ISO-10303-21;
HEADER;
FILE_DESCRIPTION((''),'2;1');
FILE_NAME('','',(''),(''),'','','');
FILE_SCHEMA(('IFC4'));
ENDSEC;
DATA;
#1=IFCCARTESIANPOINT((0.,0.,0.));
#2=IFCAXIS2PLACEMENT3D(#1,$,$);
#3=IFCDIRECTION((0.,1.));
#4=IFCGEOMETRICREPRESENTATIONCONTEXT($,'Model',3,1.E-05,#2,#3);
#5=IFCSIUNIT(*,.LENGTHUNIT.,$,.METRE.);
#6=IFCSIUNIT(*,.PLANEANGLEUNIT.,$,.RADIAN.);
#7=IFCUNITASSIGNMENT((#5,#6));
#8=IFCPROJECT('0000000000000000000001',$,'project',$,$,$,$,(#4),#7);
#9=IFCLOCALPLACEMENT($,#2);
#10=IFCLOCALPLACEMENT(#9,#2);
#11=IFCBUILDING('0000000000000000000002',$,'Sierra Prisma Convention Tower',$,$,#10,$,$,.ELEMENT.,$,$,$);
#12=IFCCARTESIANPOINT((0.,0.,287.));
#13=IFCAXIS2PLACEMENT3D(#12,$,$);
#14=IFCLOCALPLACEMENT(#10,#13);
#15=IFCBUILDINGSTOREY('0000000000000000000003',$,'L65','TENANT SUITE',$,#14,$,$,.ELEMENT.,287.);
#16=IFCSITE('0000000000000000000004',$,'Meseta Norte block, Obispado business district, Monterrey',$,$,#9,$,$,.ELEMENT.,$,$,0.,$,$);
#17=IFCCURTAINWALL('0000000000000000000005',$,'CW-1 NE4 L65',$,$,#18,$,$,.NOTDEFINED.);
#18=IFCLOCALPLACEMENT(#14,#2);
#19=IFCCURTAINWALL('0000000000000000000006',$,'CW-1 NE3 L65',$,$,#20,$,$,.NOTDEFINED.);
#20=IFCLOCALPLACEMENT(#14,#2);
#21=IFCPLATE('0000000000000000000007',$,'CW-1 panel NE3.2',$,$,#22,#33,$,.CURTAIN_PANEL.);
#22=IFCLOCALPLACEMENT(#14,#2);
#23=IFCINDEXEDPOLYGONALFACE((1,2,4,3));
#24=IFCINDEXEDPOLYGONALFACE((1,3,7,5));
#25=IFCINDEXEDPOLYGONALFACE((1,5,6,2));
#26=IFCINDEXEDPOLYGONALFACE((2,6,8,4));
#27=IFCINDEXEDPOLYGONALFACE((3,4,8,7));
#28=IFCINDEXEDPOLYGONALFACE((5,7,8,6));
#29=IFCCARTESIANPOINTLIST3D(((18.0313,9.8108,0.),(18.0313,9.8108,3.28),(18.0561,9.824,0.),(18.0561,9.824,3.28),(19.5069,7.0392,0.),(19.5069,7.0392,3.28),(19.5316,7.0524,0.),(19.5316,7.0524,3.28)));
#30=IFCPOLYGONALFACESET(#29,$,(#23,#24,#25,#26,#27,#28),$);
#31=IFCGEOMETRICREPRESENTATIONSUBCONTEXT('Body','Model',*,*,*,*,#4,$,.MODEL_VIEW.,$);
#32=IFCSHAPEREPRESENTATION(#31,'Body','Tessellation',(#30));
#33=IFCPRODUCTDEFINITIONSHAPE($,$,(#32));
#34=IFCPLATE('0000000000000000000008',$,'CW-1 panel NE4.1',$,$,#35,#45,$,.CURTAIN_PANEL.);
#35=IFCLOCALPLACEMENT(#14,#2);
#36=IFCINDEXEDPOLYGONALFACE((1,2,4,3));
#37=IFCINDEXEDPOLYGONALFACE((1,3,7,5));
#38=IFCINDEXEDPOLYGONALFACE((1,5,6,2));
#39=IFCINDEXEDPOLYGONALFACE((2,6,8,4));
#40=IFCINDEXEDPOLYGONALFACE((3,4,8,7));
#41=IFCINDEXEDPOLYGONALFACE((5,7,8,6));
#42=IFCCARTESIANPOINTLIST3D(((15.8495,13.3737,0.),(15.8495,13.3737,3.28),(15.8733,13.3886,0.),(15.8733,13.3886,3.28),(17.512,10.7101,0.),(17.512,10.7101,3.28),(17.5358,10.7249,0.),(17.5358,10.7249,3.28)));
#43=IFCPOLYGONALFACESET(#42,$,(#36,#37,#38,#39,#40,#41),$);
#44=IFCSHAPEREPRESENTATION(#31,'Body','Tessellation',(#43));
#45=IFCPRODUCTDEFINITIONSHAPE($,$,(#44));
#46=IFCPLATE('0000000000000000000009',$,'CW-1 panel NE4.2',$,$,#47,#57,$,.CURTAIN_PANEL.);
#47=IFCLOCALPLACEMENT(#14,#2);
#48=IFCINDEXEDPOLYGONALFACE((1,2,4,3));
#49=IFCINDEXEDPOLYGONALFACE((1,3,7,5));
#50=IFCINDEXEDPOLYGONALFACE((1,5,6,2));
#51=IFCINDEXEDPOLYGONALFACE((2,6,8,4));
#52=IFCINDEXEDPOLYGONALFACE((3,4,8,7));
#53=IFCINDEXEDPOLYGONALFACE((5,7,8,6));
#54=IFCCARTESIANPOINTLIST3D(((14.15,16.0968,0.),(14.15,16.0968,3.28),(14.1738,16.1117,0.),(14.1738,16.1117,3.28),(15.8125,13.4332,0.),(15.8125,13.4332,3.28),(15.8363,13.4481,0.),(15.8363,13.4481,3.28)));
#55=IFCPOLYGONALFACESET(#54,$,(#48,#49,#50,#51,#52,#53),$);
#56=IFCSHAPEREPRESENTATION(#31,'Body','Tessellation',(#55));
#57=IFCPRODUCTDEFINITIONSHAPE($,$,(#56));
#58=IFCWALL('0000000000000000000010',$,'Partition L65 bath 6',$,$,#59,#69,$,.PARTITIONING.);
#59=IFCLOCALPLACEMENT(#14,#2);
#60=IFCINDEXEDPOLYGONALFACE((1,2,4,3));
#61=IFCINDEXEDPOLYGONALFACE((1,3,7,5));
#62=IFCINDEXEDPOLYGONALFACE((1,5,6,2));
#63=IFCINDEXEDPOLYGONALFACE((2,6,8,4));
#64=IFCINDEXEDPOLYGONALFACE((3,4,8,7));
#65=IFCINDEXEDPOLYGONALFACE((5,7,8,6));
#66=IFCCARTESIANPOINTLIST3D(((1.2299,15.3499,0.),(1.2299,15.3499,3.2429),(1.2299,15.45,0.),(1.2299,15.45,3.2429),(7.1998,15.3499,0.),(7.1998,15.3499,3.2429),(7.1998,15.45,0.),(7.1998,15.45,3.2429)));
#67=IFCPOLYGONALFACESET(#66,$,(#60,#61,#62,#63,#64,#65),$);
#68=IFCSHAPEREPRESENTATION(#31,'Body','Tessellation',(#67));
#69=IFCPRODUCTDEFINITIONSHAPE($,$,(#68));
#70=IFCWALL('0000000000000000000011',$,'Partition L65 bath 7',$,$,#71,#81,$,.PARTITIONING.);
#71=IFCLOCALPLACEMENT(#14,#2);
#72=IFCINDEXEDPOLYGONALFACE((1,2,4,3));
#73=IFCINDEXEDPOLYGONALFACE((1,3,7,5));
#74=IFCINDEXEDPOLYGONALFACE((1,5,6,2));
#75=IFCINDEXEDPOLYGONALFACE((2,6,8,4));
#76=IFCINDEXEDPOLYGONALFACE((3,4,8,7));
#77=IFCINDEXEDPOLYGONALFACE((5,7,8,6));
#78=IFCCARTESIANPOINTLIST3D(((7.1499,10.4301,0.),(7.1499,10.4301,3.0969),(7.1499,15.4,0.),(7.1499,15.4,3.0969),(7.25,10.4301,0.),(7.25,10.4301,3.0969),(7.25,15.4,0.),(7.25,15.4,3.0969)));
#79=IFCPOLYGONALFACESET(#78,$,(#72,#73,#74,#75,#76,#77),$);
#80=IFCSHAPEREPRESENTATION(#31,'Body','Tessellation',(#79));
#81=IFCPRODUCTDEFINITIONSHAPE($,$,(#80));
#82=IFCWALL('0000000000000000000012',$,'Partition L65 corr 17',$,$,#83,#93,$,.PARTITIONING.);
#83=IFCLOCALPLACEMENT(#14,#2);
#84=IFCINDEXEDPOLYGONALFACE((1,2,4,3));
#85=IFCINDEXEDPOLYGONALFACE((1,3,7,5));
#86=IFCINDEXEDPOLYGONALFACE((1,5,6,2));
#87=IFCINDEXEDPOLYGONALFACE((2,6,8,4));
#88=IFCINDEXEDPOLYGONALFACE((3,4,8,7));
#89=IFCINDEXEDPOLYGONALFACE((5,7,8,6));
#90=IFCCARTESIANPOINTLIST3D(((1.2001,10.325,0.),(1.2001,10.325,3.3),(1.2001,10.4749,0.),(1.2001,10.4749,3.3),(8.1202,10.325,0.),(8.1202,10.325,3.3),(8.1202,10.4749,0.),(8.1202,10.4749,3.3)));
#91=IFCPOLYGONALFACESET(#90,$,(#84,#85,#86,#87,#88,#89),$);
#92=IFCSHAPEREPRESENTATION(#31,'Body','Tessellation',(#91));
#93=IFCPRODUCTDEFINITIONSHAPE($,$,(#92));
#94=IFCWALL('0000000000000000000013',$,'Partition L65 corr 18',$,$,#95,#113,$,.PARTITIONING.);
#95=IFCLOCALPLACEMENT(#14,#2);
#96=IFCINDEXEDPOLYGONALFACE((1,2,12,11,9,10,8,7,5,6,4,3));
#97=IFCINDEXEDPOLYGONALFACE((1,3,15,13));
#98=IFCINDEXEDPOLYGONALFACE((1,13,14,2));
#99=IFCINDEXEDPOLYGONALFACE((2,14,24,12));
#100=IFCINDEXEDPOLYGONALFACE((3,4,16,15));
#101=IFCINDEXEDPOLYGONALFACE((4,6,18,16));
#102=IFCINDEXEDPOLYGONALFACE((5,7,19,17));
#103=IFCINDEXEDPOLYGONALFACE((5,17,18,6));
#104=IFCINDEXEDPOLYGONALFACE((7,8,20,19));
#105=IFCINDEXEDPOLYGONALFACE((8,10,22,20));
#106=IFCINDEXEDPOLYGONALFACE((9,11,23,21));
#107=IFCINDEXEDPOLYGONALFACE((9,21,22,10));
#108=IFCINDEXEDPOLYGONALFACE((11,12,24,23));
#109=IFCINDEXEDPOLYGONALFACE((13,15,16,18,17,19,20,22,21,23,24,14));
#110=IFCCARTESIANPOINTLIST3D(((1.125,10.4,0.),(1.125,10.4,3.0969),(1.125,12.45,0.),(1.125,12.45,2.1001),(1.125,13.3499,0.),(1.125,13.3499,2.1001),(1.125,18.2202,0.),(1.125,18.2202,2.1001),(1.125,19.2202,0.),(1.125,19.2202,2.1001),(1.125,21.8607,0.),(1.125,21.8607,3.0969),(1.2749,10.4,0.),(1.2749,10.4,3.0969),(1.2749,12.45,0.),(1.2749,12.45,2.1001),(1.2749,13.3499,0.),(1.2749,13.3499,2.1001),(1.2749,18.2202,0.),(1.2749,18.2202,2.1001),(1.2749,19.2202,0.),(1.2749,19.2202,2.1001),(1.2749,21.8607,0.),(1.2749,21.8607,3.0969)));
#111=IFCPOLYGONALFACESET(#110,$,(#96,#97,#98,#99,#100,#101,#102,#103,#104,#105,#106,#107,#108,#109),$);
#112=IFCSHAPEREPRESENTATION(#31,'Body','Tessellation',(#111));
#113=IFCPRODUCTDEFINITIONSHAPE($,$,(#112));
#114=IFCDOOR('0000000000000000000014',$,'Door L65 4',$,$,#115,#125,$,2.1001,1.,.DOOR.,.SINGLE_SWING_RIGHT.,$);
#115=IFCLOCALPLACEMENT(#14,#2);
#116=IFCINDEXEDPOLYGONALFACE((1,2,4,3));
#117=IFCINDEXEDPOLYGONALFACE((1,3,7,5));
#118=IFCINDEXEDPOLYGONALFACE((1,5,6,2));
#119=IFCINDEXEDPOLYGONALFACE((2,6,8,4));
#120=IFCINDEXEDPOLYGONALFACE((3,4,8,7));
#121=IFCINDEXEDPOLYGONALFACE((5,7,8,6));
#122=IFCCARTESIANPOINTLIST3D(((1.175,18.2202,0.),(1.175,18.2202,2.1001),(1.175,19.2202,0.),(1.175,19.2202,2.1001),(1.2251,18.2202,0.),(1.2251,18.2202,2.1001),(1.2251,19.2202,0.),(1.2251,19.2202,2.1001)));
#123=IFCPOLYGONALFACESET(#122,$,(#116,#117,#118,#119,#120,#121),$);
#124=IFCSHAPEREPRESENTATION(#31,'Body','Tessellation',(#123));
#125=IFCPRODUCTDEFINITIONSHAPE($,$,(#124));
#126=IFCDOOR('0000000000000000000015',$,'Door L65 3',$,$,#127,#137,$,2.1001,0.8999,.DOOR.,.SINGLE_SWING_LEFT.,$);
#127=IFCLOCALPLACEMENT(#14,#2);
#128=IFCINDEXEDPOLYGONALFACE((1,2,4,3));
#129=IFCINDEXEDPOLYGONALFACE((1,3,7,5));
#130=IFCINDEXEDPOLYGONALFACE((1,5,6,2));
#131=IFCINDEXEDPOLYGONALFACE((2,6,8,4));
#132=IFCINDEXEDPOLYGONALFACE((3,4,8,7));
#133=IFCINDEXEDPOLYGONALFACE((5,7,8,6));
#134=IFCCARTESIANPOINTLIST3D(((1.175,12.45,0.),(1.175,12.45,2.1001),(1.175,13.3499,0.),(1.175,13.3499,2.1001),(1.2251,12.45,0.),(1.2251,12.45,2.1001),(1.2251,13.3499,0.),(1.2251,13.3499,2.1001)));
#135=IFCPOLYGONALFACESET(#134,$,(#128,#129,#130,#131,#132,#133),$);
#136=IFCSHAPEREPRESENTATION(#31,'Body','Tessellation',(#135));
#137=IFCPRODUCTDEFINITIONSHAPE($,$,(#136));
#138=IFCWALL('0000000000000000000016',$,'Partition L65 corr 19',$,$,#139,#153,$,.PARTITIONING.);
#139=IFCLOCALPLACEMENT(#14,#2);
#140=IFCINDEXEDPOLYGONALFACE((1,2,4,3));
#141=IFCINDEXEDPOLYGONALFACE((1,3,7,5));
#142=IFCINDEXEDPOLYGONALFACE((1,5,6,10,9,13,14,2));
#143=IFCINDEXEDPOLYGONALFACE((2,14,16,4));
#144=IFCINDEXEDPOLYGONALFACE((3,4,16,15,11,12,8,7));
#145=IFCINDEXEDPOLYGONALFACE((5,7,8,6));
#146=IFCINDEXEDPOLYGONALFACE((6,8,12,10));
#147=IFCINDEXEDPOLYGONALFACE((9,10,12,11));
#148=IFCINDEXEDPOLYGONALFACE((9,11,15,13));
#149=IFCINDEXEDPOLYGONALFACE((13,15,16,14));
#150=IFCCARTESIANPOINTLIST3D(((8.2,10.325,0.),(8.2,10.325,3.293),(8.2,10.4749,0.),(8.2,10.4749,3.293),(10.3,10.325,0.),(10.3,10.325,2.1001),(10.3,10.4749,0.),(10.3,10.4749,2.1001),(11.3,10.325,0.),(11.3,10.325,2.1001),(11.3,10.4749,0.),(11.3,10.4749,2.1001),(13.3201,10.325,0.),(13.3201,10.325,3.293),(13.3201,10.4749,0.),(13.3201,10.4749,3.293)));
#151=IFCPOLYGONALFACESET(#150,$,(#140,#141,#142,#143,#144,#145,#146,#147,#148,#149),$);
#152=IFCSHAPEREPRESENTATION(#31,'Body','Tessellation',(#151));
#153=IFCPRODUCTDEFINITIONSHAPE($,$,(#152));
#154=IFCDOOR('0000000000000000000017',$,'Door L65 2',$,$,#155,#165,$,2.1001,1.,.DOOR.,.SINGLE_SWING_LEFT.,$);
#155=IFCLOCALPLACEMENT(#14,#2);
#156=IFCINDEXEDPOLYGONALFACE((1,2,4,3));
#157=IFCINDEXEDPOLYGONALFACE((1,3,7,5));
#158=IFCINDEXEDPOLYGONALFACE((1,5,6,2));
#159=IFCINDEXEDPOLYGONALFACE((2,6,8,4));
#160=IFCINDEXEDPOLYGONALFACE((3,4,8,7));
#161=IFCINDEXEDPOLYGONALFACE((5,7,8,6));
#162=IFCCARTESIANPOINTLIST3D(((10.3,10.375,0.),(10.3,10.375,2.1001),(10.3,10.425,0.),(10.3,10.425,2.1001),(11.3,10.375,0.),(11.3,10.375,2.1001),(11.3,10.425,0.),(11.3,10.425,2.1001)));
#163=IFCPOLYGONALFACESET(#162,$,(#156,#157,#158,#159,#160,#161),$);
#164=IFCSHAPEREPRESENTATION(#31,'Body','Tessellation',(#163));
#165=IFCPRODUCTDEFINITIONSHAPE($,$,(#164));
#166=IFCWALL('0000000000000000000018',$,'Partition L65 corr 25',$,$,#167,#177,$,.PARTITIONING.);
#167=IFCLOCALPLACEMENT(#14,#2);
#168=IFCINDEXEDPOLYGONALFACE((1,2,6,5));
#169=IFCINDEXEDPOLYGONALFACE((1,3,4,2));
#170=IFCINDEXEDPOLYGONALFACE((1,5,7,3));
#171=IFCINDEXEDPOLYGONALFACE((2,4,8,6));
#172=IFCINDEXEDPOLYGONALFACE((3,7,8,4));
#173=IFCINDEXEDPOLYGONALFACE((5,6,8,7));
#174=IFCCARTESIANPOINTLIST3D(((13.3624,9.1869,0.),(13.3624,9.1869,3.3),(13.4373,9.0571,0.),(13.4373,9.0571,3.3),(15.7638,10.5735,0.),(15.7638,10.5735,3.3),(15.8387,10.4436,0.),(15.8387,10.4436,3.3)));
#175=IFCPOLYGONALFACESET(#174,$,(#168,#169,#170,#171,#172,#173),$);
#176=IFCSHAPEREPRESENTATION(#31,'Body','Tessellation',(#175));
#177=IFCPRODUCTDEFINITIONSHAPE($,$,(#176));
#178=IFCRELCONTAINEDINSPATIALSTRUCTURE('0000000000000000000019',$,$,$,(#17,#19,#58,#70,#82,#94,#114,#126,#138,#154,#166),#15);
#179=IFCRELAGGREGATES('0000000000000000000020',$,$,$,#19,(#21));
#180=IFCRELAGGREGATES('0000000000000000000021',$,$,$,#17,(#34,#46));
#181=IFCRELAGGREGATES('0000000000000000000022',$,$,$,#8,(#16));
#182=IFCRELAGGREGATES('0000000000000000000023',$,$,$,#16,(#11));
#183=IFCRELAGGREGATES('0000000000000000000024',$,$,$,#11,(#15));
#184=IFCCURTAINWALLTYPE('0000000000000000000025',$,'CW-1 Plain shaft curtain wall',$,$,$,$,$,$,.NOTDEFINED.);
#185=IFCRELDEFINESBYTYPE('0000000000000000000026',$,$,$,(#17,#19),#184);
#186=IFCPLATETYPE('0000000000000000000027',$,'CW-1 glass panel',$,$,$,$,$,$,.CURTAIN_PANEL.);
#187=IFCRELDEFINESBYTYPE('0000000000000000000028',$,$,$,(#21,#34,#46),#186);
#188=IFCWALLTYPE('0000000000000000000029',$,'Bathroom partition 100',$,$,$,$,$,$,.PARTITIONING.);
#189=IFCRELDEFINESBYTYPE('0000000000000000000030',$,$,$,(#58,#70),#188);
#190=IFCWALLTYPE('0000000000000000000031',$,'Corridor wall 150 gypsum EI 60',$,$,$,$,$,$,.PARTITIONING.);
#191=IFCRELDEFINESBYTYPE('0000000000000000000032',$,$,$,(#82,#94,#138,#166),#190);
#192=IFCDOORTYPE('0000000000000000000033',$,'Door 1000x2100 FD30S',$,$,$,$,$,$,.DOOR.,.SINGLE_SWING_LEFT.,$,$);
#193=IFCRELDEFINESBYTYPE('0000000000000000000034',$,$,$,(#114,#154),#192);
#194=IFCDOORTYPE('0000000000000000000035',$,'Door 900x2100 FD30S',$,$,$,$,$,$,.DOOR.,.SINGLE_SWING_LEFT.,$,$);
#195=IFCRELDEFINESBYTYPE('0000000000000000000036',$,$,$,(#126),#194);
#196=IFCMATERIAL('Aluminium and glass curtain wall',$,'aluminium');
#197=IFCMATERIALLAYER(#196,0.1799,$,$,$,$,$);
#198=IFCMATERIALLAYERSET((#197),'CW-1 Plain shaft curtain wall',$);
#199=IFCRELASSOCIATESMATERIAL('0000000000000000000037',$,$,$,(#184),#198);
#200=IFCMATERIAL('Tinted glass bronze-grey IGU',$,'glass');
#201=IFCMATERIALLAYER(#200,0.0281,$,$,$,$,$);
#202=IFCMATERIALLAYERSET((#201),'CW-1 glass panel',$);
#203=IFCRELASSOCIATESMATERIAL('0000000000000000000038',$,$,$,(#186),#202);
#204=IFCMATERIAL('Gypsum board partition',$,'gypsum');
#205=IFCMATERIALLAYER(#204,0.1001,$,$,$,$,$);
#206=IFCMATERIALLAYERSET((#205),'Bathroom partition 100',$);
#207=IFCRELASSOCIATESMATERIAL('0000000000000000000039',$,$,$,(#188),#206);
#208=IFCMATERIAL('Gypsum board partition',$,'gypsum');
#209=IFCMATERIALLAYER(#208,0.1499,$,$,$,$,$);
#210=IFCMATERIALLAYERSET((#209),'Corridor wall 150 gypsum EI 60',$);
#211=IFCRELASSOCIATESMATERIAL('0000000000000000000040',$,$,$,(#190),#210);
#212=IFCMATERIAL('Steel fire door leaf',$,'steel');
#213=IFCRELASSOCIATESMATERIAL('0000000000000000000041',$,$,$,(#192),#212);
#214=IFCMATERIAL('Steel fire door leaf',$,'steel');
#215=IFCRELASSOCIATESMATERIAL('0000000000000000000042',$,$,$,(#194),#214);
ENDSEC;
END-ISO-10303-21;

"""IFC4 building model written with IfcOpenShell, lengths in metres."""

from ifc_helpers import new_model, si_unit, direction, frame, frame_2d, origin, origin_2d, place, context, subcontext, project, spatial, rectangle, extrude, material, layer, layer_set, type_object, element, fill, aggregate, save


model = new_model("IFC4")

# Units and contexts
model_context = context("Model", 3, precision=1e-05, world=origin(), true_north=direction((0.0, 1.0)))
body_context = subcontext(model_context, "Body", "Model", "MODEL_VIEW")
ifc_project = project(units=[si_unit("LENGTHUNIT", "METRE"), si_unit("PLANEANGLEUNIT", "RADIAN")], contexts=[model_context])

# Site, building, storey
site_placement = place(None, origin())
site = spatial("IfcSite", under=ifc_project, at=site_placement, Name="Meseta Norte block, Obispado business district, Monterrey", CompositionType="ELEMENT", RefElevation=0.0)
building_placement = place(site_placement, origin())
building = spatial("IfcBuilding", under=site, at=building_placement, Name="Sierra Prisma Convention Tower", CompositionType="ELEMENT")
storey_placement = place(building_placement, frame((0.0, 0.0, 287.0)))
storey = spatial("IfcBuildingStorey", under=building, at=storey_placement, Name="L65", Description="TENANT SUITE", CompositionType="ELEMENT", Elevation=287.0)

# Curtain wall
ifc_material_1 = material(Name="Aluminium and glass curtain wall", Category="aluminium")
ifc_layer_1 = layer(ifc_material_1, 0.1799)
ifc_layer_set_1 = layer_set([ifc_layer_1], Name="CW-1 Plain shaft curtain wall")
curtain_wall_type = type_object("IfcCurtainWallType", Name="CW-1 Plain shaft curtain wall", PredefinedType="NOTDEFINED", material=ifc_layer_set_1)
curtain_wall_1_placement = place(storey_placement, origin())
curtain_wall_1 = element("IfcCurtainWall", 1, at=curtain_wall_1_placement, inside=storey, type_object=curtain_wall_type, Name="CW-1 NE4 L65", PredefinedType="NOTDEFINED")

# Curtain wall
curtain_wall_2_placement = place(storey_placement, origin())
curtain_wall_2 = element("IfcCurtainWall", 2, at=curtain_wall_2_placement, inside=storey, type_object=curtain_wall_type, Name="CW-1 NE3 L65", PredefinedType="NOTDEFINED")

# Plates
ifc_material_2 = material(Name="Tinted glass bronze-grey IGU", Category="glass")
ifc_layer_2 = layer(ifc_material_2, 0.0281)
ifc_layer_set_2 = layer_set([ifc_layer_2], Name="CW-1 glass panel")
plate_type = type_object("IfcPlateType", Name="CW-1 glass panel", PredefinedType="CURTAIN_PANEL", material=ifc_layer_set_2)
plate_1_placement = place(storey_placement, frame((18.7815, 8.4316, 0.0), z_axis=(0.0, 0.0, 1.0), x_axis=(-0.469925, 0.882706, 0.0)))
plate_1 = element("IfcPlate", 3, at=plate_1_placement, type_object=plate_type, Name="CW-1 panel NE3.2", PredefinedType="CURTAIN_PANEL", context=body_context, shape_type="SweptSolid", body=[
    extrude(rectangle(XDim=3.1399, YDim=0.0281, at=origin_2d()), origin(), (0.0, 0.0, 1.0), 3.28),
])
aggregate(curtain_wall_2, [plate_1])
plate_2_placement = place(storey_placement, frame((16.6926, 12.0493, 0.0), z_axis=(0.0, 0.0, 1.0), x_axis=(-0.529483, 0.84832, 0.0)))
plate_2 = element("IfcPlate", 4, at=plate_2_placement, type_object=plate_type, Name="CW-1 panel NE4.1", PredefinedType="CURTAIN_PANEL", context=body_context, shape_type="SweptSolid", body=[
    extrude(rectangle(XDim=3.1399, YDim=0.0281, at=origin_2d()), origin(), (0.0, 0.0, 1.0), 3.28),
])
plate_3_placement = place(storey_placement, frame((14.9932, 14.7725, 0.0), z_axis=(0.0, 0.0, 1.0), x_axis=(-0.529483, 0.84832, 0.0)))
plate_3 = element("IfcPlate", 5, at=plate_3_placement, type_object=plate_type, Name="CW-1 panel NE4.2", PredefinedType="CURTAIN_PANEL", context=body_context, shape_type="SweptSolid", body=[
    extrude(rectangle(XDim=3.1399, YDim=0.0281, at=origin_2d()), origin(), (0.0, 0.0, 1.0), 3.28),
])
aggregate(curtain_wall_1, [plate_2, plate_3])

# Walls
ifc_material_3 = material(Name="Gypsum board partition", Category="gypsum")
ifc_layer_3 = layer(ifc_material_3, 0.1001)
ifc_layer_set_3 = layer_set([ifc_layer_3], Name="Bathroom partition 100")
wall_type_1 = type_object("IfcWallType", Name="Bathroom partition 100", PredefinedType="PARTITIONING", material=ifc_layer_set_3)
wall_1_placement = place(storey_placement, frame((1.23, 15.3999, 0.0), z_axis=(0.0, 0.0, 1.0), x_axis=(1.0, 0.0, 0.0)))
element("IfcWall", 6, at=wall_1_placement, inside=storey, type_object=wall_type_1, Name="Partition L65 bath 6", PredefinedType="PARTITIONING", context=body_context, shape_type="SweptSolid", body=[
    extrude(rectangle(XDim=5.97, YDim=0.1001, at=frame_2d((2.9849, 0.0))), origin(), (0.0, 0.0, 1.0), 3.2429),
])
wall_2_placement = place(storey_placement, frame((7.2, 15.3999, 0.0), z_axis=(0.0, 0.0, 1.0), x_axis=(0.0, -1.0, 0.0)))
element("IfcWall", 7, at=wall_2_placement, inside=storey, type_object=wall_type_1, Name="Partition L65 bath 7", PredefinedType="PARTITIONING", context=body_context, shape_type="SweptSolid", body=[
    extrude(rectangle(XDim=4.97, YDim=0.1001, at=frame_2d((2.4849, 0.0))), origin(), (0.0, 0.0, 1.0), 3.0969),
])

# Wall
ifc_material_4 = material(Name="Gypsum board partition", Category="gypsum")
ifc_layer_4 = layer(ifc_material_4, 0.1499)
ifc_layer_set_4 = layer_set([ifc_layer_4], Name="Corridor wall 150 gypsum EI 60")
wall_type_2 = type_object("IfcWallType", Name="Corridor wall 150 gypsum EI 60", PredefinedType="PARTITIONING", material=ifc_layer_set_4)
wall_3_placement = place(storey_placement, frame((8.1201, 10.3999, 0.0), z_axis=(0.0, 0.0, 1.0), x_axis=(-1.0, 0.0, 0.0)))
element("IfcWall", 8, at=wall_3_placement, inside=storey, type_object=wall_type_2, Name="Partition L65 corr 17", PredefinedType="PARTITIONING", context=body_context, shape_type="SweptSolid", body=[
    extrude(rectangle(XDim=6.9202, YDim=0.1499, at=frame_2d((3.46, 0.0))), origin(), (0.0, 0.0, 1.0), 3.3),
])

# Wall, openings, doors
wall_4_placement = place(storey_placement, frame((1.2, 10.3999, 0.0), z_axis=(0.0, 0.0, 1.0), x_axis=(0.0, 1.0, 0.0)))
wall_4 = element("IfcWall", 9, at=wall_4_placement, inside=storey, type_object=wall_type_2, Name="Partition L65 corr 18", PredefinedType="PARTITIONING", context=body_context, shape_type="SweptSolid", body=[
    extrude(rectangle(XDim=11.4607, YDim=0.1499, at=frame_2d((5.7305, 0.0))), origin(), (0.0, 0.0, 1.0), 3.0969),
])
opening_1_placement = place(wall_4_placement, frame((2.05, 0.0, 0.0)))
opening_1 = element("IfcOpeningElement", 10, at=opening_1_placement, cuts=wall_4, PredefinedType="OPENING", context=body_context, shape_type="SweptSolid", body=[
    extrude(rectangle(XDim=0.8999, YDim=2.1001, at=frame_2d((0.45, 1.05))), frame((0.0, 0.075, 0.0), z_axis=(0.0, -1.0, 0.0), x_axis=(1.0, 0.0, 0.0)), (0.0, 0.0, 1.0), 0.1499),
])
opening_2_placement = place(wall_4_placement, frame((7.8203, 0.0, 0.0)))
opening_2 = element("IfcOpeningElement", 11, at=opening_2_placement, cuts=wall_4, PredefinedType="OPENING", context=body_context, shape_type="SweptSolid", body=[
    extrude(rectangle(XDim=1.0, YDim=2.1001, at=frame_2d((0.5, 1.05))), frame((0.0, 0.075, 0.0), z_axis=(0.0, -1.0, 0.0), x_axis=(1.0, 0.0, 0.0)), (0.0, 0.0, 1.0), 0.1499),
])
ifc_material_5 = material(Name="Steel fire door leaf", Category="steel")
door_type_1 = type_object("IfcDoorType", Name="Door 1000x2100 FD30S", OperationType="SINGLE_SWING_LEFT", PredefinedType="DOOR", material=ifc_material_5)
door_1_placement = place(opening_2_placement, origin())
door_1 = element("IfcDoor", 12, at=door_1_placement, inside=storey, type_object=door_type_1, Name="Door L65 4", OperationType="SINGLE_SWING_RIGHT", OverallHeight=2.1001, OverallWidth=1.0, PredefinedType="DOOR", context=body_context, shape_type="SweptSolid", body=[
    extrude(rectangle(XDim=1.0, YDim=2.1001, at=frame_2d((0.5, 1.05))), frame((0.0, 0.0249, 0.0), z_axis=(0.0, -1.0, 0.0), x_axis=(1.0, 0.0, 0.0)), (0.0, 0.0, 1.0), 0.05),
])
fill(opening_2, door_1)
ifc_material_6 = material(Name="Steel fire door leaf", Category="steel")
door_type_2 = type_object("IfcDoorType", Name="Door 900x2100 FD30S", OperationType="SINGLE_SWING_LEFT", PredefinedType="DOOR", material=ifc_material_6)
door_2_placement = place(opening_1_placement, origin())
door_2 = element("IfcDoor", 13, at=door_2_placement, inside=storey, type_object=door_type_2, Name="Door L65 3", OperationType="SINGLE_SWING_LEFT", OverallHeight=2.1001, OverallWidth=0.8999, PredefinedType="DOOR", context=body_context, shape_type="SweptSolid", body=[
    extrude(rectangle(XDim=0.8999, YDim=2.1001, at=frame_2d((0.45, 1.05))), frame((0.0, 0.0249, 0.0), z_axis=(0.0, -1.0, 0.0), x_axis=(1.0, 0.0, 0.0)), (0.0, 0.0, 1.0), 0.05),
])
fill(opening_1, door_2)

# Wall, opening, door
wall_5_placement = place(storey_placement, frame((13.3201, 10.3999, 0.0), z_axis=(0.0, 0.0, 1.0), x_axis=(-1.0, 0.0, 0.0)))
wall_5 = element("IfcWall", 14, at=wall_5_placement, inside=storey, type_object=wall_type_2, Name="Partition L65 corr 19", PredefinedType="PARTITIONING", context=body_context, shape_type="SweptSolid", body=[
    extrude(rectangle(XDim=5.1201, YDim=0.1499, at=frame_2d((2.5601, 0.0))), origin(), (0.0, 0.0, 1.0), 3.293),
])
opening_3_placement = place(wall_5_placement, frame((2.02, 0.0, 0.0)))
opening_3 = element("IfcOpeningElement", 15, at=opening_3_placement, cuts=wall_5, PredefinedType="OPENING", context=body_context, shape_type="SweptSolid", body=[
    extrude(rectangle(XDim=1.0, YDim=2.1001, at=frame_2d((0.5, 1.05))), frame((0.0, 0.075, 0.0), z_axis=(0.0, -1.0, 0.0), x_axis=(1.0, 0.0, 0.0)), (0.0, 0.0, 1.0), 0.1499),
])
door_3_placement = place(opening_3_placement, origin())
door_3 = element("IfcDoor", 16, at=door_3_placement, inside=storey, type_object=door_type_1, Name="Door L65 2", OperationType="SINGLE_SWING_LEFT", OverallHeight=2.1001, OverallWidth=1.0, PredefinedType="DOOR", context=body_context, shape_type="SweptSolid", body=[
    extrude(rectangle(XDim=1.0, YDim=2.1001, at=frame_2d((0.5, 1.05))), frame((0.0, 0.0249, 0.0), z_axis=(0.0, -1.0, 0.0), x_axis=(1.0, 0.0, 0.0)), (0.0, 0.0, 1.0), 0.05),
])
fill(opening_3, door_3)

# Wall
wall_6_placement = place(storey_placement, frame((15.8013, 10.5085, 0.0), z_axis=(0.0, 0.0, 1.0), x_axis=(-0.866018, -0.500012, 0.0)))
element("IfcWall", 17, at=wall_6_placement, inside=storey, type_object=wall_type_2, Name="Partition L65 corr 25", PredefinedType="PARTITIONING", context=body_context, shape_type="SweptSolid", body=[
    extrude(rectangle(XDim=2.7729, YDim=0.1499, at=frame_2d((1.3865, 0.0))), origin(), (0.0, 0.0, 1.0), 3.3),
])

save(model, "model.ifc")
